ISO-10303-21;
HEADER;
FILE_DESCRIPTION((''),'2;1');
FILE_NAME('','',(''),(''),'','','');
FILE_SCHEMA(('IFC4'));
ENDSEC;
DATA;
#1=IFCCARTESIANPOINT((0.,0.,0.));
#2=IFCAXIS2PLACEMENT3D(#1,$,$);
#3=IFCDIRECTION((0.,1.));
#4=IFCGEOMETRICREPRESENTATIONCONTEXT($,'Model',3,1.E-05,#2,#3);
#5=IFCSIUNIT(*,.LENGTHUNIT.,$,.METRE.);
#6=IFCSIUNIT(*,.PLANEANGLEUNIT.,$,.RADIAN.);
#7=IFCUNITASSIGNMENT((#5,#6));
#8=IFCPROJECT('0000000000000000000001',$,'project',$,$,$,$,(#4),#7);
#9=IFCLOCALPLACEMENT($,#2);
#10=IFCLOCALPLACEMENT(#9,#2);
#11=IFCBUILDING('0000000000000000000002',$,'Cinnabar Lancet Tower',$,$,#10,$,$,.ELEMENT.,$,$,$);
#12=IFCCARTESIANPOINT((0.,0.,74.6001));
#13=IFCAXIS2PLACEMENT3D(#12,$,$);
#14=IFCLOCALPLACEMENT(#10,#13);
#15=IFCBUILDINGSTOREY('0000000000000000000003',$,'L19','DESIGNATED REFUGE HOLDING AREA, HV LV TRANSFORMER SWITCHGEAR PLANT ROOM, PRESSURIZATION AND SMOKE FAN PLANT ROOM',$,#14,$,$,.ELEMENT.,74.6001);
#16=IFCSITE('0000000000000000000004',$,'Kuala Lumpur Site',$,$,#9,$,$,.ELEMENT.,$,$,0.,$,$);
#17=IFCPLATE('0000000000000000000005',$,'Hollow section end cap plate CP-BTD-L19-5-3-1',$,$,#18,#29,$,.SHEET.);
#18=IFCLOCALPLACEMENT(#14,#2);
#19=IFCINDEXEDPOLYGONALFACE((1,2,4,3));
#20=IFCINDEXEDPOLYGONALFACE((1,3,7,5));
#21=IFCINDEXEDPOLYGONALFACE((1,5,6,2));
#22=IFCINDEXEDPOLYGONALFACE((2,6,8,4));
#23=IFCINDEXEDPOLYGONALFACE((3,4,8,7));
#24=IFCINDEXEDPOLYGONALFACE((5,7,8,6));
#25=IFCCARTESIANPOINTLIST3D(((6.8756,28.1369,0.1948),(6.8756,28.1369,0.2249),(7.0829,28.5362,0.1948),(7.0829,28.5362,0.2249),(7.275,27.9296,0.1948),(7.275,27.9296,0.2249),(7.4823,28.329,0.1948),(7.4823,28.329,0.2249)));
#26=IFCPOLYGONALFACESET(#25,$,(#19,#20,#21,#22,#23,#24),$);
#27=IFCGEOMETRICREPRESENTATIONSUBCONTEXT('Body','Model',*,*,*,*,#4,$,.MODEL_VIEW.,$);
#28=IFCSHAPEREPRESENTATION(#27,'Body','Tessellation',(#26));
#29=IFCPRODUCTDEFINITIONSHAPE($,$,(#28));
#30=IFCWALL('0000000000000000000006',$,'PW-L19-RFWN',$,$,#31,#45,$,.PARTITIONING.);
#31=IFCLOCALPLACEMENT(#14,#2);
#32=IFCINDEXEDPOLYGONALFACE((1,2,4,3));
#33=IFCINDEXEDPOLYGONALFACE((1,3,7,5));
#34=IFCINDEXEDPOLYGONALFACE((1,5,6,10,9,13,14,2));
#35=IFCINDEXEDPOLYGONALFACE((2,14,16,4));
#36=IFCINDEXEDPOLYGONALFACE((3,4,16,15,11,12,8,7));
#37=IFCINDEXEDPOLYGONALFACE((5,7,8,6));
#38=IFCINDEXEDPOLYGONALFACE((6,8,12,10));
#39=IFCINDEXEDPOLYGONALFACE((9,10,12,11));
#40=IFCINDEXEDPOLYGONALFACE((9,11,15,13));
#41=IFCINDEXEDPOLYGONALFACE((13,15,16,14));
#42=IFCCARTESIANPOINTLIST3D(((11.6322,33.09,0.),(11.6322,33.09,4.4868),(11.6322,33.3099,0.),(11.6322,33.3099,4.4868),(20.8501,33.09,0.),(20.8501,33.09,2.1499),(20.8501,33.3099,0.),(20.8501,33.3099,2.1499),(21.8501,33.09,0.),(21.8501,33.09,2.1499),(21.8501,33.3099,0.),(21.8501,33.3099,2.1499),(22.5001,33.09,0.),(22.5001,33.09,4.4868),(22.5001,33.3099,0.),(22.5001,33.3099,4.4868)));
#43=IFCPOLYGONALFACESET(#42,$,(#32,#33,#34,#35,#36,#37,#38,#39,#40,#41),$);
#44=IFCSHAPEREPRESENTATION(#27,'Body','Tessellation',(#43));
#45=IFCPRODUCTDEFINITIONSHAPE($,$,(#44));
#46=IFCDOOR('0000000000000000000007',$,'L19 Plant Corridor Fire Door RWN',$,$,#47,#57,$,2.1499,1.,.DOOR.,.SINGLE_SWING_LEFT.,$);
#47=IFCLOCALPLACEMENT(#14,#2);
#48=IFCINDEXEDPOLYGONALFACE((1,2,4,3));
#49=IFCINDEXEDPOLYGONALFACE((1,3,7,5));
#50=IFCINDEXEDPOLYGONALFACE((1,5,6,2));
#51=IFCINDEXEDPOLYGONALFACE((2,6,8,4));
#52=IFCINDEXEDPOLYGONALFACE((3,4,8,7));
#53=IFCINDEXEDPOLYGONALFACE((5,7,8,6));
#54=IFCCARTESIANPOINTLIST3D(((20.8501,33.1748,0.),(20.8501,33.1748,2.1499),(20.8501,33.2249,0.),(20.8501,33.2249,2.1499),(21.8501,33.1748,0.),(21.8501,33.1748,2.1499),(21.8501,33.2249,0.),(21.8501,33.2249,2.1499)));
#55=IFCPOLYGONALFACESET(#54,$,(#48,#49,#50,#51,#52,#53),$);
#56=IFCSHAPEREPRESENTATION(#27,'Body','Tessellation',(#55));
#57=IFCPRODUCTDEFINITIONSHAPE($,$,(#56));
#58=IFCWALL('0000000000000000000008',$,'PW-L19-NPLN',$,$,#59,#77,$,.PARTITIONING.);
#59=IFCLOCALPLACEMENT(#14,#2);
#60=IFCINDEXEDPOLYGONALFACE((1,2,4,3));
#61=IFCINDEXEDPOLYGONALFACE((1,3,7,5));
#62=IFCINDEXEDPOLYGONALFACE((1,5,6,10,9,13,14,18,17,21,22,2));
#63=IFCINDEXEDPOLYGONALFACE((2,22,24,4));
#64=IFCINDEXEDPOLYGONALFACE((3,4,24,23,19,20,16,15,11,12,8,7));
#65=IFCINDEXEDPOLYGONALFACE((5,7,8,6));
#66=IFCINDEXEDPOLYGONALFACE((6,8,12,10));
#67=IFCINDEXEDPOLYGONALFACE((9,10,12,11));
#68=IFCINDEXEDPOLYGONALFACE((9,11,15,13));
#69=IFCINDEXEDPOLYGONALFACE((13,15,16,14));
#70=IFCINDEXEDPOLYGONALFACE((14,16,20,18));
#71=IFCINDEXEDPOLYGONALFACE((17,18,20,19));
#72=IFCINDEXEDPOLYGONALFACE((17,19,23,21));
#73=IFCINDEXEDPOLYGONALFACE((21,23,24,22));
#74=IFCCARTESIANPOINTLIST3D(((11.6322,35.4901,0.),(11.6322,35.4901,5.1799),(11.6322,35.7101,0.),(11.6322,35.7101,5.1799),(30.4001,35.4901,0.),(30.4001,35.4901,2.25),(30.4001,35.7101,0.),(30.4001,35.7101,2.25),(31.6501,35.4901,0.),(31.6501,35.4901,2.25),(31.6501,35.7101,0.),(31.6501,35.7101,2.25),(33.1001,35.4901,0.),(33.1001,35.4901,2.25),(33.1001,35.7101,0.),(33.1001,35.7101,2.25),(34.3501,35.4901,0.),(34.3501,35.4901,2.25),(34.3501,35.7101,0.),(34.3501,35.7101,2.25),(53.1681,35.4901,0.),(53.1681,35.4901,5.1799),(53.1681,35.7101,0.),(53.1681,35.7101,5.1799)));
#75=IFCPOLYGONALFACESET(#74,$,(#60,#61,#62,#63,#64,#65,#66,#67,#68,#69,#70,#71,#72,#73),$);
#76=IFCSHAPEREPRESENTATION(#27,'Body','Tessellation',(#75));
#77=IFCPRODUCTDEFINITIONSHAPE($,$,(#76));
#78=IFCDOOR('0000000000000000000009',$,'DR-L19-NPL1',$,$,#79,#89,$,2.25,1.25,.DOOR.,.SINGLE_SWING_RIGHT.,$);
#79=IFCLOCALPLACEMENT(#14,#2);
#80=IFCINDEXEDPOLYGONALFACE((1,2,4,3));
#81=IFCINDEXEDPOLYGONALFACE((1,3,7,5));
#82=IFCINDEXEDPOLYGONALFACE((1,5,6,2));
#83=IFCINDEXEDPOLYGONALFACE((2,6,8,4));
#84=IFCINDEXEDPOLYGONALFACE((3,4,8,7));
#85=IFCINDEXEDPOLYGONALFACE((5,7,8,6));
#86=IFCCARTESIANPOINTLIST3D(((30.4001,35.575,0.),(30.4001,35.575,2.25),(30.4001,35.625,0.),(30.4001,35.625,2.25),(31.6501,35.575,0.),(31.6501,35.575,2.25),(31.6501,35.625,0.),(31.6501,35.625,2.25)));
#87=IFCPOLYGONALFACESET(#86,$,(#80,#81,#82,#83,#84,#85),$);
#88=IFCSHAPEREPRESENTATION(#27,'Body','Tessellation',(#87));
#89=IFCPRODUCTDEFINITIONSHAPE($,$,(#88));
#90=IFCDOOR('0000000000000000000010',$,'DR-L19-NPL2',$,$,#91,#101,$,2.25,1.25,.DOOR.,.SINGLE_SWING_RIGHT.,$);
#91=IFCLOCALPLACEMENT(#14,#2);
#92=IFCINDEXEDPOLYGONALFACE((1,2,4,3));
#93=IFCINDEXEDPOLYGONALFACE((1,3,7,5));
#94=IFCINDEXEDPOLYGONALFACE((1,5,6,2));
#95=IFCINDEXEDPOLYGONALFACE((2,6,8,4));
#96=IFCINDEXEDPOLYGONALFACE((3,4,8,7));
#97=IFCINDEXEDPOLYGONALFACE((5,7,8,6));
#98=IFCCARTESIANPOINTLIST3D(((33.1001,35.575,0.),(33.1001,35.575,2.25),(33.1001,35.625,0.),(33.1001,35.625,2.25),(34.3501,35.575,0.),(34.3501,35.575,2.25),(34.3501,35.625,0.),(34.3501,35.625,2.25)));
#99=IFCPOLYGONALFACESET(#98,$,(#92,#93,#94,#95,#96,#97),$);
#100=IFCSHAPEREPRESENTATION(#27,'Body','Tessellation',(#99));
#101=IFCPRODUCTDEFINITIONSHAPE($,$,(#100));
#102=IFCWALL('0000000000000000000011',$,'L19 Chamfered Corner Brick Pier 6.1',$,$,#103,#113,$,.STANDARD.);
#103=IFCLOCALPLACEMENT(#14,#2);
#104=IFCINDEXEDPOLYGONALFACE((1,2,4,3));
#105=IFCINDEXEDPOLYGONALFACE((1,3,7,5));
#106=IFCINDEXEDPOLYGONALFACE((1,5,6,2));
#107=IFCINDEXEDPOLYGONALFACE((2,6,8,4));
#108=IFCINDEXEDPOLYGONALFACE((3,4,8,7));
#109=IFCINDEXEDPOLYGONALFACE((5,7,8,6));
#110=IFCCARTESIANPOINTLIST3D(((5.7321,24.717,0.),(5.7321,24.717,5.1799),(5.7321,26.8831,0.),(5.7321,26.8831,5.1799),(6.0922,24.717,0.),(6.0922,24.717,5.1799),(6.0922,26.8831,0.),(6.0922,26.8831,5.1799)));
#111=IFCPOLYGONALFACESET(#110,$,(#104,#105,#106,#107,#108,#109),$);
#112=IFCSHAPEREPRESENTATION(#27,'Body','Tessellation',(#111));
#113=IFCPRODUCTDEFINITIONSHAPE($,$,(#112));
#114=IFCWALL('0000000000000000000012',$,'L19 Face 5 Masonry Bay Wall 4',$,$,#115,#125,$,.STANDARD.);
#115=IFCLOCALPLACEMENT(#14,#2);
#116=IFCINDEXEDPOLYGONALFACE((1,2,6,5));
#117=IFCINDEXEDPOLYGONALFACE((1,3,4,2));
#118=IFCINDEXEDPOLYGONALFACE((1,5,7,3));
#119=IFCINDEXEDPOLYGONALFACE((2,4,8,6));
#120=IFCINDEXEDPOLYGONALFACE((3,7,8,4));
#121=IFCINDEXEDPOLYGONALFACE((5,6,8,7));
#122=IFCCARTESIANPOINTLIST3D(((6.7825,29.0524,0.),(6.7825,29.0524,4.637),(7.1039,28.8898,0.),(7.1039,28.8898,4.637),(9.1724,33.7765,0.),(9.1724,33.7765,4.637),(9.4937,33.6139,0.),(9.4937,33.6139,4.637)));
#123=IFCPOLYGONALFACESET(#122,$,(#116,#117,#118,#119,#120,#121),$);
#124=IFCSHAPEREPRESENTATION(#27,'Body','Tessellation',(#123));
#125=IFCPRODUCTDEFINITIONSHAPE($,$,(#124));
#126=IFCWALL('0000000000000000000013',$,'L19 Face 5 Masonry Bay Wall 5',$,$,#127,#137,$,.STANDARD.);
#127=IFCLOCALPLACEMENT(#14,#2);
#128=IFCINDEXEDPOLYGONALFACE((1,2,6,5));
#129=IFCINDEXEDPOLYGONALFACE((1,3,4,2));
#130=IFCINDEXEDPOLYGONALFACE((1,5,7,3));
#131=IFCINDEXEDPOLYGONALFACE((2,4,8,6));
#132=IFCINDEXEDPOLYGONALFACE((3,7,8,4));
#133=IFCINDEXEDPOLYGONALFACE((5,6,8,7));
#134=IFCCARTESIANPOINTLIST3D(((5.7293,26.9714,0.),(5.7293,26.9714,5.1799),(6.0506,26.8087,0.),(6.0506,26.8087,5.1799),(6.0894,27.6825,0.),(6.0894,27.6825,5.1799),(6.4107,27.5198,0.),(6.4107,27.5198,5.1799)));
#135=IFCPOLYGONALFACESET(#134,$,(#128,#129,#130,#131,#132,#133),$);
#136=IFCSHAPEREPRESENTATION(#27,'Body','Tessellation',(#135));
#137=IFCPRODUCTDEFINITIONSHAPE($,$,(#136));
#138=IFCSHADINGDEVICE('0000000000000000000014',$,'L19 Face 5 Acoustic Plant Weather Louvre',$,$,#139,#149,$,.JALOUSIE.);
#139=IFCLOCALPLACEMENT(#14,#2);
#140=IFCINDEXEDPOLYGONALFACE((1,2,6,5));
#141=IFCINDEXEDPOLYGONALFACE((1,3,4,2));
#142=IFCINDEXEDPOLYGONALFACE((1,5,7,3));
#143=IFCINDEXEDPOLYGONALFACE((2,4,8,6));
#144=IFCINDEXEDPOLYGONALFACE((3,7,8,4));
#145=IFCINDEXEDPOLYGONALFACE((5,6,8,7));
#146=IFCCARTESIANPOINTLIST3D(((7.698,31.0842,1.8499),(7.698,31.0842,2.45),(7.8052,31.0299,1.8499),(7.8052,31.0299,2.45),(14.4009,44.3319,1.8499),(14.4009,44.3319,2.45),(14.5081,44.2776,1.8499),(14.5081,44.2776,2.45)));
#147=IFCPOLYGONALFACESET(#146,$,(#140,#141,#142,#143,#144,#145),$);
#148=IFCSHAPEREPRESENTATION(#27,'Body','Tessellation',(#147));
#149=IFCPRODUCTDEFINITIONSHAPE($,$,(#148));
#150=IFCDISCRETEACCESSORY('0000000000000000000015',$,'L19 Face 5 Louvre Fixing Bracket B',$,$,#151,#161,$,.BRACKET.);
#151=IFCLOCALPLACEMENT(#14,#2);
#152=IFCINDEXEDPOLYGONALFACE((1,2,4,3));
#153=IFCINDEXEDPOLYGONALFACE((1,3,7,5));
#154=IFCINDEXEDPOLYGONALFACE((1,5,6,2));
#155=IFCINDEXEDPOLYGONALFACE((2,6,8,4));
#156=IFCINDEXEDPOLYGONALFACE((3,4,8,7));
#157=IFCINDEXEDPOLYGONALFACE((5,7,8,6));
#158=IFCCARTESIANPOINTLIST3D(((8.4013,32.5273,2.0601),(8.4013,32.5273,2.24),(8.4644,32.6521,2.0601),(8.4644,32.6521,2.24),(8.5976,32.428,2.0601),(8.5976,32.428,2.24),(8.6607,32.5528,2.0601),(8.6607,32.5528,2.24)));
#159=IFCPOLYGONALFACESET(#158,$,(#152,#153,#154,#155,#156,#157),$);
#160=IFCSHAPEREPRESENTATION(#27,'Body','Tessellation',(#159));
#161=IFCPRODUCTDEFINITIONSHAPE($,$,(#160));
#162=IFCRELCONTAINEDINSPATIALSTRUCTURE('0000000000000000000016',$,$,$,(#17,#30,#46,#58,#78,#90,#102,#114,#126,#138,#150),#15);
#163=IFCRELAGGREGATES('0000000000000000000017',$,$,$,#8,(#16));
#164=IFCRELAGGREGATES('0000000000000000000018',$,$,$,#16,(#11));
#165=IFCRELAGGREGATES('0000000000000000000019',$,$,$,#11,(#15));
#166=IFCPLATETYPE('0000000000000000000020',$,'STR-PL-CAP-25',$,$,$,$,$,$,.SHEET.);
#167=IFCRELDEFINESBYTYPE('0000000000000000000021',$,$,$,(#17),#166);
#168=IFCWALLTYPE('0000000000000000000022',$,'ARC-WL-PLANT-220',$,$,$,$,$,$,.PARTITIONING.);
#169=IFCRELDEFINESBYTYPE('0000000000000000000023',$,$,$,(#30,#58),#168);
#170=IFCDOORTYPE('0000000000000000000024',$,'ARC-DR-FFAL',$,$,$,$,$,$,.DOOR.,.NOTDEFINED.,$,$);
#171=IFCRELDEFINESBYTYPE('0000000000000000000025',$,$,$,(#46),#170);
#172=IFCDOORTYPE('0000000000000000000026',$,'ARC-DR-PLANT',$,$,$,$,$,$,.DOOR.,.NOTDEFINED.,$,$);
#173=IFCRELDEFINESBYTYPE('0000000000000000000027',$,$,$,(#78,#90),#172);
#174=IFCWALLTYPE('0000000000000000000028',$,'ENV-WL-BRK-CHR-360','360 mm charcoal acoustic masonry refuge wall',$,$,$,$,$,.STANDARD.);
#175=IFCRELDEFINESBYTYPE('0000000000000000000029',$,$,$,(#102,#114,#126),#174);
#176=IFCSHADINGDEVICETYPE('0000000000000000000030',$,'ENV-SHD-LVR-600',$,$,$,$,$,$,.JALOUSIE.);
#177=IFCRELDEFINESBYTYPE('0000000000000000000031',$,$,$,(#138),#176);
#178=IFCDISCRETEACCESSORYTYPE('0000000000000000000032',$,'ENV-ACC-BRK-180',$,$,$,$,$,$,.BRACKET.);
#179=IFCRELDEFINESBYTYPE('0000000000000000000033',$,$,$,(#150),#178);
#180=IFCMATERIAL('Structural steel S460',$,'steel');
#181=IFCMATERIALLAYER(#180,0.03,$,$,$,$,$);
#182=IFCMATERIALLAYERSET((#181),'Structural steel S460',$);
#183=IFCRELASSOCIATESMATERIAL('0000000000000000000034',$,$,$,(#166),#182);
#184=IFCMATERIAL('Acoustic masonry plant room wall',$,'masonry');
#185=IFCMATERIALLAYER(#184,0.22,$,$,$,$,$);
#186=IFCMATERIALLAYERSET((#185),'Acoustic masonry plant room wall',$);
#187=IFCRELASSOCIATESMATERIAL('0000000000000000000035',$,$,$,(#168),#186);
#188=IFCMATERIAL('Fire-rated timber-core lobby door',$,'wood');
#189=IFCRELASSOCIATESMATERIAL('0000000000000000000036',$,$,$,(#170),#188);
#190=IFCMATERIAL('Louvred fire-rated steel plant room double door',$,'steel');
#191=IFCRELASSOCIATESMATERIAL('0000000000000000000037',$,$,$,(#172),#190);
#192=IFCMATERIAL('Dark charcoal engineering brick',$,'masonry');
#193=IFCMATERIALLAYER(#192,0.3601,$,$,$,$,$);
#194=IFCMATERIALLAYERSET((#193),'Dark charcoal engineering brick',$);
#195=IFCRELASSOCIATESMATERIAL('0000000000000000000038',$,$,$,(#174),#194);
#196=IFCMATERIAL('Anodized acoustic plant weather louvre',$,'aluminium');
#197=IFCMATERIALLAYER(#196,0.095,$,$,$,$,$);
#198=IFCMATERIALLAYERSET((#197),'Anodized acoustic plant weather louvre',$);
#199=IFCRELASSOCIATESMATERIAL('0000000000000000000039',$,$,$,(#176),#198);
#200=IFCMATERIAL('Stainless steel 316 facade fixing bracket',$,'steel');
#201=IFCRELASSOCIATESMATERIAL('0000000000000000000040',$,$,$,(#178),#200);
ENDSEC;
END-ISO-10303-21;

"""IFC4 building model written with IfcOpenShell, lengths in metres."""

from ifc_helpers import new_model, si_unit, direction, frame, frame_2d, origin, origin_2d, place, context, subcontext, project, spatial, rectangle, extrude, material, layer, layer_set, type_object, element, fill, save


model = new_model("IFC4")

# Units and contexts
model_context = context("Model", 3, precision=1e-05, world=origin(), true_north=direction((0.0, 1.0)))
body_context = subcontext(model_context, "Body", "Model", "MODEL_VIEW")
ifc_project = project(units=[si_unit("LENGTHUNIT", "METRE"), si_unit("PLANEANGLEUNIT", "RADIAN")], contexts=[model_context])

# Site, building, storey
site_placement = place(None, origin())
site = spatial("IfcSite", under=ifc_project, at=site_placement, Name="Kuala Lumpur Site", CompositionType="ELEMENT", RefElevation=0.0)
building_placement = place(site_placement, origin())
building = spatial("IfcBuilding", under=site, at=building_placement, Name="Cinnabar Lancet Tower", CompositionType="ELEMENT")
storey_placement = place(building_placement, frame((0.0, 0.0, 74.6001)))
storey = spatial("IfcBuildingStorey", under=building, at=storey_placement, Name="L19", Description="DESIGNATED REFUGE HOLDING AREA, HV LV TRANSFORMER SWITCHGEAR PLANT ROOM, PRESSURIZATION AND SMOKE FAN PLANT ROOM", CompositionType="ELEMENT", Elevation=74.6001)

# Plate
ifc_material_1 = material(Name="Structural steel S460", Category="steel")
ifc_layer_1 = layer(ifc_material_1, 0.03)
ifc_layer_set_1 = layer_set([ifc_layer_1], Name="Structural steel S460")
plate_type = type_object("IfcPlateType", Name="STR-PL-CAP-25", PredefinedType="SHEET", material=ifc_layer_set_1)
for number, where, z_axis, x_axis, name in (
    (1, (7.179, 28.2329, 0.1948), (0.0, 0.0, 1.0), (-0.460649, -0.887582, 0.0), "Hollow section end cap plate CP-BTD-L19-5-3-1"),
):
    element("IfcPlate", number, at=place(storey_placement, frame(where, z_axis=z_axis, x_axis=x_axis)), inside=storey, type_object=plate_type, Name=name, PredefinedType="SHEET", context=body_context, shape_type="SweptSolid", body=[
        extrude(rectangle(XDim=0.45, YDim=0.45, at=origin_2d()), origin(), (0.0, 0.0, 1.0), 0.03),
    ])

# Wall, opening, door
ifc_material_2 = material(Name="Acoustic masonry plant room wall", Category="masonry")
ifc_layer_2 = layer(ifc_material_2, 0.22)
ifc_layer_set_2 = layer_set([ifc_layer_2], Name="Acoustic masonry plant room wall")
wall_type_1 = type_object("IfcWallType", Name="ARC-WL-PLANT-220", PredefinedType="PARTITIONING", material=ifc_layer_set_2)
wall_1_placement = place(storey_placement, frame((11.6321, 33.2, 0.0), z_axis=(0.0, 0.0, 1.0), x_axis=(1.0, 0.0, 0.0)))
wall_1 = element("IfcWall", 2, at=wall_1_placement, inside=storey, type_object=wall_type_1, Name="PW-L19-RFWN", PredefinedType="PARTITIONING", context=body_context, shape_type="SweptSolid", body=[
    extrude(rectangle(XDim=10.8679, YDim=0.22, at=frame_2d((5.4341, 0.0))), origin(), (0.0, 0.0, 1.0), 4.4868),
])
opening_1_placement = place(wall_1_placement, frame((9.218, 0.0, 0.0)))
opening_1 = element("IfcOpeningElement", 3, at=opening_1_placement, cuts=wall_1, PredefinedType="OPENING", context=body_context, shape_type="SweptSolid", body=[
    extrude(rectangle(XDim=1.0, YDim=2.1499, at=frame_2d((0.5, 1.075))), frame((0.0, 0.1199, 0.0), z_axis=(0.0, -1.0, 0.0), x_axis=(1.0, 0.0, 0.0)), (0.0, 0.0, 1.0), 0.24),
])
ifc_material_3 = material(Name="Fire-rated timber-core lobby door", Category="wood")
door_type_1 = type_object("IfcDoorType", Name="ARC-DR-FFAL", OperationType="NOTDEFINED", PredefinedType="DOOR", material=ifc_material_3)
door_1_placement = place(opening_1_placement, origin())
door_1 = element("IfcDoor", 4, at=door_1_placement, inside=storey, type_object=door_type_1, Name="L19 Plant Corridor Fire Door RWN", OperationType="SINGLE_SWING_LEFT", OverallHeight=2.1499, OverallWidth=1.0, PredefinedType="DOOR", context=body_context, shape_type="SweptSolid", body=[
    extrude(rectangle(XDim=1.0, YDim=2.1499, at=frame_2d((0.5, 1.075))), frame((0.0, 0.0249, 0.0), z_axis=(0.0, -1.0, 0.0), x_axis=(1.0, 0.0, 0.0)), (0.0, 0.0, 1.0), 0.05),
])
fill(opening_1, door_1)

# Wall, openings, doors
wall_2_placement = place(storey_placement, frame((11.6321, 35.6001, 0.0), z_axis=(0.0, 0.0, 1.0), x_axis=(1.0, 0.0, 0.0)))
wall_2 = element("IfcWall", 5, at=wall_2_placement, inside=storey, type_object=wall_type_1, Name="PW-L19-NPLN", PredefinedType="PARTITIONING", context=body_context, shape_type="SweptSolid", body=[
    extrude(rectangle(XDim=41.5359, YDim=0.22, at=frame_2d((20.7681, 0.0))), origin(), (0.0, 0.0, 1.0), 5.1799),
])
opening_2_placement = place(wall_2_placement, frame((18.7681, 0.0, 0.0)))
opening_2 = element("IfcOpeningElement", 6, at=opening_2_placement, cuts=wall_2, PredefinedType="OPENING", context=body_context, shape_type="SweptSolid", body=[
    extrude(rectangle(XDim=1.25, YDim=2.25, at=frame_2d((0.625, 1.125))), frame((0.0, 0.1199, 0.0), z_axis=(0.0, -1.0, 0.0), x_axis=(1.0, 0.0, 0.0)), (0.0, 0.0, 1.0), 0.24),
])
opening_3_placement = place(wall_2_placement, frame((21.468, 0.0, 0.0)))
opening_3 = element("IfcOpeningElement", 7, at=opening_3_placement, cuts=wall_2, PredefinedType="OPENING", context=body_context, shape_type="SweptSolid", body=[
    extrude(rectangle(XDim=1.25, YDim=2.25, at=frame_2d((0.625, 1.125))), frame((0.0, 0.1199, 0.0), z_axis=(0.0, -1.0, 0.0), x_axis=(1.0, 0.0, 0.0)), (0.0, 0.0, 1.0), 0.24),
])
ifc_material_4 = material(Name="Louvred fire-rated steel plant room double door", Category="steel")
door_type_2 = type_object("IfcDoorType", Name="ARC-DR-PLANT", OperationType="NOTDEFINED", PredefinedType="DOOR", material=ifc_material_4)
door_2_placement = place(opening_2_placement, origin())
door_2 = element("IfcDoor", 8, at=door_2_placement, inside=storey, type_object=door_type_2, Name="DR-L19-NPL1", OperationType="SINGLE_SWING_RIGHT", OverallHeight=2.25, OverallWidth=1.25, PredefinedType="DOOR", context=body_context, shape_type="SweptSolid", body=[
    extrude(rectangle(XDim=1.25, YDim=2.25, at=frame_2d((0.625, 1.125))), frame((0.0, 0.0249, 0.0), z_axis=(0.0, -1.0, 0.0), x_axis=(1.0, 0.0, 0.0)), (0.0, 0.0, 1.0), 0.05),
])
fill(opening_2, door_2)
door_3_placement = place(opening_3_placement, origin())
door_3 = element("IfcDoor", 9, at=door_3_placement, inside=storey, type_object=door_type_2, Name="DR-L19-NPL2", OperationType="SINGLE_SWING_RIGHT", OverallHeight=2.25, OverallWidth=1.25, PredefinedType="DOOR", context=body_context, shape_type="SweptSolid", body=[
    extrude(rectangle(XDim=1.25, YDim=2.25, at=frame_2d((0.625, 1.125))), frame((0.0, 0.0249, 0.0), z_axis=(0.0, -1.0, 0.0), x_axis=(1.0, 0.0, 0.0)), (0.0, 0.0, 1.0), 0.05),
])
fill(opening_3, door_3)

# Walls
ifc_material_5 = material(Name="Dark charcoal engineering brick", Category="masonry")
ifc_layer_3 = layer(ifc_material_5, 0.3601)
ifc_layer_set_3 = layer_set([ifc_layer_3], Name="Dark charcoal engineering brick")
wall_type_2 = type_object("IfcWallType", Name="ENV-WL-BRK-CHR-360", Description="360 mm charcoal acoustic masonry refuge wall", PredefinedType="STANDARD", material=ifc_layer_set_3)
wall_3_placement = place(storey_placement, frame((5.9121, 26.8831, 0.0), z_axis=(0.0, 0.0, 1.0), x_axis=(0.0, -1.0, 0.0)))
element("IfcWall", 10, at=wall_3_placement, inside=storey, type_object=wall_type_2, Name="L19 Chamfered Corner Brick Pier 6.1", PredefinedType="STANDARD", context=body_context, shape_type="SweptSolid", body=[
    extrude(rectangle(XDim=2.166, YDim=0.3601, at=frame_2d((1.083, 0.0))), origin(), (0.0, 0.0, 1.0), 5.1799),
])
wall_4_placement = place(storey_placement, frame((9.333, 33.6951, 0.0), z_axis=(0.0, 0.0, 1.0), x_axis=(-0.451414, -0.892314, 0.0)))
element("IfcWall", 11, at=wall_4_placement, inside=storey, type_object=wall_type_2, Name="L19 Face 5 Masonry Bay Wall 4", PredefinedType="STANDARD", context=body_context, shape_type="SweptSolid", body=[
    extrude(rectangle(XDim=5.2942, YDim=0.3601, at=frame_2d((2.647, 0.0))), origin(), (0.0, 0.0, 1.0), 4.637),
])
wall_5_placement = place(storey_placement, frame((6.25, 27.6011, 0.0), z_axis=(0.0, 0.0, 1.0), x_axis=(-0.451741, -0.892149, 0.0)))
element("IfcWall", 12, at=wall_5_placement, inside=storey, type_object=wall_type_2, Name="L19 Face 5 Masonry Bay Wall 5", PredefinedType="STANDARD", context=body_context, shape_type="SweptSolid", body=[
    extrude(rectangle(XDim=0.7971, YDim=0.3601, at=frame_2d((0.3984, 0.0))), origin(), (0.0, 0.0, 1.0), 5.1799),
])

# Shading device
ifc_material_6 = material(Name="Anodized acoustic plant weather louvre", Category="aluminium")
ifc_layer_4 = layer(ifc_material_6, 0.095)
ifc_layer_set_4 = layer_set([ifc_layer_4], Name="Anodized acoustic plant weather louvre")
shading_device_type = type_object("IfcShadingDeviceType", Name="ENV-SHD-LVR-600", PredefinedType="JALOUSIE", material=ifc_layer_set_4)
shading_device_placement = place(storey_placement, frame((11.103, 37.6809, 1.8499), z_axis=(0.0, 0.0, 1.0), x_axis=(-0.451469, -0.892287, 0.0)))
element("IfcShadingDevice", 13, at=shading_device_placement, inside=storey, type_object=shading_device_type, Name="L19 Face 5 Acoustic Plant Weather Louvre", PredefinedType="JALOUSIE", context=body_context, shape_type="SweptSolid", body=[
    extrude(rectangle(XDim=14.8469, YDim=0.1201, at=origin_2d()), origin(), (0.0, 0.0, 1.0), 0.6001),
])

# Discrete accessory
ifc_material_7 = material(Name="Stainless steel 316 facade fixing bracket", Category="steel")
discrete_accessory_type = type_object("IfcDiscreteAccessoryType", Name="ENV-ACC-BRK-180", PredefinedType="BRACKET", material=ifc_material_7)
discrete_accessory_placement = place(storey_placement, frame((8.531, 32.54, 2.0601), z_axis=(0.0, 0.0, 1.0), x_axis=(-0.451469, -0.892287, 0.0)))
element("IfcDiscreteAccessory", 14, at=discrete_accessory_placement, inside=storey, type_object=discrete_accessory_type, Name="L19 Face 5 Louvre Fixing Bracket B", PredefinedType="BRACKET", context=body_context, shape_type="SweptSolid", body=[
    extrude(rectangle(XDim=0.1399, YDim=0.22, at=origin_2d()), origin(), (0.0, 0.0, 1.0), 0.1799),
])

save(model, "model.ifc")
